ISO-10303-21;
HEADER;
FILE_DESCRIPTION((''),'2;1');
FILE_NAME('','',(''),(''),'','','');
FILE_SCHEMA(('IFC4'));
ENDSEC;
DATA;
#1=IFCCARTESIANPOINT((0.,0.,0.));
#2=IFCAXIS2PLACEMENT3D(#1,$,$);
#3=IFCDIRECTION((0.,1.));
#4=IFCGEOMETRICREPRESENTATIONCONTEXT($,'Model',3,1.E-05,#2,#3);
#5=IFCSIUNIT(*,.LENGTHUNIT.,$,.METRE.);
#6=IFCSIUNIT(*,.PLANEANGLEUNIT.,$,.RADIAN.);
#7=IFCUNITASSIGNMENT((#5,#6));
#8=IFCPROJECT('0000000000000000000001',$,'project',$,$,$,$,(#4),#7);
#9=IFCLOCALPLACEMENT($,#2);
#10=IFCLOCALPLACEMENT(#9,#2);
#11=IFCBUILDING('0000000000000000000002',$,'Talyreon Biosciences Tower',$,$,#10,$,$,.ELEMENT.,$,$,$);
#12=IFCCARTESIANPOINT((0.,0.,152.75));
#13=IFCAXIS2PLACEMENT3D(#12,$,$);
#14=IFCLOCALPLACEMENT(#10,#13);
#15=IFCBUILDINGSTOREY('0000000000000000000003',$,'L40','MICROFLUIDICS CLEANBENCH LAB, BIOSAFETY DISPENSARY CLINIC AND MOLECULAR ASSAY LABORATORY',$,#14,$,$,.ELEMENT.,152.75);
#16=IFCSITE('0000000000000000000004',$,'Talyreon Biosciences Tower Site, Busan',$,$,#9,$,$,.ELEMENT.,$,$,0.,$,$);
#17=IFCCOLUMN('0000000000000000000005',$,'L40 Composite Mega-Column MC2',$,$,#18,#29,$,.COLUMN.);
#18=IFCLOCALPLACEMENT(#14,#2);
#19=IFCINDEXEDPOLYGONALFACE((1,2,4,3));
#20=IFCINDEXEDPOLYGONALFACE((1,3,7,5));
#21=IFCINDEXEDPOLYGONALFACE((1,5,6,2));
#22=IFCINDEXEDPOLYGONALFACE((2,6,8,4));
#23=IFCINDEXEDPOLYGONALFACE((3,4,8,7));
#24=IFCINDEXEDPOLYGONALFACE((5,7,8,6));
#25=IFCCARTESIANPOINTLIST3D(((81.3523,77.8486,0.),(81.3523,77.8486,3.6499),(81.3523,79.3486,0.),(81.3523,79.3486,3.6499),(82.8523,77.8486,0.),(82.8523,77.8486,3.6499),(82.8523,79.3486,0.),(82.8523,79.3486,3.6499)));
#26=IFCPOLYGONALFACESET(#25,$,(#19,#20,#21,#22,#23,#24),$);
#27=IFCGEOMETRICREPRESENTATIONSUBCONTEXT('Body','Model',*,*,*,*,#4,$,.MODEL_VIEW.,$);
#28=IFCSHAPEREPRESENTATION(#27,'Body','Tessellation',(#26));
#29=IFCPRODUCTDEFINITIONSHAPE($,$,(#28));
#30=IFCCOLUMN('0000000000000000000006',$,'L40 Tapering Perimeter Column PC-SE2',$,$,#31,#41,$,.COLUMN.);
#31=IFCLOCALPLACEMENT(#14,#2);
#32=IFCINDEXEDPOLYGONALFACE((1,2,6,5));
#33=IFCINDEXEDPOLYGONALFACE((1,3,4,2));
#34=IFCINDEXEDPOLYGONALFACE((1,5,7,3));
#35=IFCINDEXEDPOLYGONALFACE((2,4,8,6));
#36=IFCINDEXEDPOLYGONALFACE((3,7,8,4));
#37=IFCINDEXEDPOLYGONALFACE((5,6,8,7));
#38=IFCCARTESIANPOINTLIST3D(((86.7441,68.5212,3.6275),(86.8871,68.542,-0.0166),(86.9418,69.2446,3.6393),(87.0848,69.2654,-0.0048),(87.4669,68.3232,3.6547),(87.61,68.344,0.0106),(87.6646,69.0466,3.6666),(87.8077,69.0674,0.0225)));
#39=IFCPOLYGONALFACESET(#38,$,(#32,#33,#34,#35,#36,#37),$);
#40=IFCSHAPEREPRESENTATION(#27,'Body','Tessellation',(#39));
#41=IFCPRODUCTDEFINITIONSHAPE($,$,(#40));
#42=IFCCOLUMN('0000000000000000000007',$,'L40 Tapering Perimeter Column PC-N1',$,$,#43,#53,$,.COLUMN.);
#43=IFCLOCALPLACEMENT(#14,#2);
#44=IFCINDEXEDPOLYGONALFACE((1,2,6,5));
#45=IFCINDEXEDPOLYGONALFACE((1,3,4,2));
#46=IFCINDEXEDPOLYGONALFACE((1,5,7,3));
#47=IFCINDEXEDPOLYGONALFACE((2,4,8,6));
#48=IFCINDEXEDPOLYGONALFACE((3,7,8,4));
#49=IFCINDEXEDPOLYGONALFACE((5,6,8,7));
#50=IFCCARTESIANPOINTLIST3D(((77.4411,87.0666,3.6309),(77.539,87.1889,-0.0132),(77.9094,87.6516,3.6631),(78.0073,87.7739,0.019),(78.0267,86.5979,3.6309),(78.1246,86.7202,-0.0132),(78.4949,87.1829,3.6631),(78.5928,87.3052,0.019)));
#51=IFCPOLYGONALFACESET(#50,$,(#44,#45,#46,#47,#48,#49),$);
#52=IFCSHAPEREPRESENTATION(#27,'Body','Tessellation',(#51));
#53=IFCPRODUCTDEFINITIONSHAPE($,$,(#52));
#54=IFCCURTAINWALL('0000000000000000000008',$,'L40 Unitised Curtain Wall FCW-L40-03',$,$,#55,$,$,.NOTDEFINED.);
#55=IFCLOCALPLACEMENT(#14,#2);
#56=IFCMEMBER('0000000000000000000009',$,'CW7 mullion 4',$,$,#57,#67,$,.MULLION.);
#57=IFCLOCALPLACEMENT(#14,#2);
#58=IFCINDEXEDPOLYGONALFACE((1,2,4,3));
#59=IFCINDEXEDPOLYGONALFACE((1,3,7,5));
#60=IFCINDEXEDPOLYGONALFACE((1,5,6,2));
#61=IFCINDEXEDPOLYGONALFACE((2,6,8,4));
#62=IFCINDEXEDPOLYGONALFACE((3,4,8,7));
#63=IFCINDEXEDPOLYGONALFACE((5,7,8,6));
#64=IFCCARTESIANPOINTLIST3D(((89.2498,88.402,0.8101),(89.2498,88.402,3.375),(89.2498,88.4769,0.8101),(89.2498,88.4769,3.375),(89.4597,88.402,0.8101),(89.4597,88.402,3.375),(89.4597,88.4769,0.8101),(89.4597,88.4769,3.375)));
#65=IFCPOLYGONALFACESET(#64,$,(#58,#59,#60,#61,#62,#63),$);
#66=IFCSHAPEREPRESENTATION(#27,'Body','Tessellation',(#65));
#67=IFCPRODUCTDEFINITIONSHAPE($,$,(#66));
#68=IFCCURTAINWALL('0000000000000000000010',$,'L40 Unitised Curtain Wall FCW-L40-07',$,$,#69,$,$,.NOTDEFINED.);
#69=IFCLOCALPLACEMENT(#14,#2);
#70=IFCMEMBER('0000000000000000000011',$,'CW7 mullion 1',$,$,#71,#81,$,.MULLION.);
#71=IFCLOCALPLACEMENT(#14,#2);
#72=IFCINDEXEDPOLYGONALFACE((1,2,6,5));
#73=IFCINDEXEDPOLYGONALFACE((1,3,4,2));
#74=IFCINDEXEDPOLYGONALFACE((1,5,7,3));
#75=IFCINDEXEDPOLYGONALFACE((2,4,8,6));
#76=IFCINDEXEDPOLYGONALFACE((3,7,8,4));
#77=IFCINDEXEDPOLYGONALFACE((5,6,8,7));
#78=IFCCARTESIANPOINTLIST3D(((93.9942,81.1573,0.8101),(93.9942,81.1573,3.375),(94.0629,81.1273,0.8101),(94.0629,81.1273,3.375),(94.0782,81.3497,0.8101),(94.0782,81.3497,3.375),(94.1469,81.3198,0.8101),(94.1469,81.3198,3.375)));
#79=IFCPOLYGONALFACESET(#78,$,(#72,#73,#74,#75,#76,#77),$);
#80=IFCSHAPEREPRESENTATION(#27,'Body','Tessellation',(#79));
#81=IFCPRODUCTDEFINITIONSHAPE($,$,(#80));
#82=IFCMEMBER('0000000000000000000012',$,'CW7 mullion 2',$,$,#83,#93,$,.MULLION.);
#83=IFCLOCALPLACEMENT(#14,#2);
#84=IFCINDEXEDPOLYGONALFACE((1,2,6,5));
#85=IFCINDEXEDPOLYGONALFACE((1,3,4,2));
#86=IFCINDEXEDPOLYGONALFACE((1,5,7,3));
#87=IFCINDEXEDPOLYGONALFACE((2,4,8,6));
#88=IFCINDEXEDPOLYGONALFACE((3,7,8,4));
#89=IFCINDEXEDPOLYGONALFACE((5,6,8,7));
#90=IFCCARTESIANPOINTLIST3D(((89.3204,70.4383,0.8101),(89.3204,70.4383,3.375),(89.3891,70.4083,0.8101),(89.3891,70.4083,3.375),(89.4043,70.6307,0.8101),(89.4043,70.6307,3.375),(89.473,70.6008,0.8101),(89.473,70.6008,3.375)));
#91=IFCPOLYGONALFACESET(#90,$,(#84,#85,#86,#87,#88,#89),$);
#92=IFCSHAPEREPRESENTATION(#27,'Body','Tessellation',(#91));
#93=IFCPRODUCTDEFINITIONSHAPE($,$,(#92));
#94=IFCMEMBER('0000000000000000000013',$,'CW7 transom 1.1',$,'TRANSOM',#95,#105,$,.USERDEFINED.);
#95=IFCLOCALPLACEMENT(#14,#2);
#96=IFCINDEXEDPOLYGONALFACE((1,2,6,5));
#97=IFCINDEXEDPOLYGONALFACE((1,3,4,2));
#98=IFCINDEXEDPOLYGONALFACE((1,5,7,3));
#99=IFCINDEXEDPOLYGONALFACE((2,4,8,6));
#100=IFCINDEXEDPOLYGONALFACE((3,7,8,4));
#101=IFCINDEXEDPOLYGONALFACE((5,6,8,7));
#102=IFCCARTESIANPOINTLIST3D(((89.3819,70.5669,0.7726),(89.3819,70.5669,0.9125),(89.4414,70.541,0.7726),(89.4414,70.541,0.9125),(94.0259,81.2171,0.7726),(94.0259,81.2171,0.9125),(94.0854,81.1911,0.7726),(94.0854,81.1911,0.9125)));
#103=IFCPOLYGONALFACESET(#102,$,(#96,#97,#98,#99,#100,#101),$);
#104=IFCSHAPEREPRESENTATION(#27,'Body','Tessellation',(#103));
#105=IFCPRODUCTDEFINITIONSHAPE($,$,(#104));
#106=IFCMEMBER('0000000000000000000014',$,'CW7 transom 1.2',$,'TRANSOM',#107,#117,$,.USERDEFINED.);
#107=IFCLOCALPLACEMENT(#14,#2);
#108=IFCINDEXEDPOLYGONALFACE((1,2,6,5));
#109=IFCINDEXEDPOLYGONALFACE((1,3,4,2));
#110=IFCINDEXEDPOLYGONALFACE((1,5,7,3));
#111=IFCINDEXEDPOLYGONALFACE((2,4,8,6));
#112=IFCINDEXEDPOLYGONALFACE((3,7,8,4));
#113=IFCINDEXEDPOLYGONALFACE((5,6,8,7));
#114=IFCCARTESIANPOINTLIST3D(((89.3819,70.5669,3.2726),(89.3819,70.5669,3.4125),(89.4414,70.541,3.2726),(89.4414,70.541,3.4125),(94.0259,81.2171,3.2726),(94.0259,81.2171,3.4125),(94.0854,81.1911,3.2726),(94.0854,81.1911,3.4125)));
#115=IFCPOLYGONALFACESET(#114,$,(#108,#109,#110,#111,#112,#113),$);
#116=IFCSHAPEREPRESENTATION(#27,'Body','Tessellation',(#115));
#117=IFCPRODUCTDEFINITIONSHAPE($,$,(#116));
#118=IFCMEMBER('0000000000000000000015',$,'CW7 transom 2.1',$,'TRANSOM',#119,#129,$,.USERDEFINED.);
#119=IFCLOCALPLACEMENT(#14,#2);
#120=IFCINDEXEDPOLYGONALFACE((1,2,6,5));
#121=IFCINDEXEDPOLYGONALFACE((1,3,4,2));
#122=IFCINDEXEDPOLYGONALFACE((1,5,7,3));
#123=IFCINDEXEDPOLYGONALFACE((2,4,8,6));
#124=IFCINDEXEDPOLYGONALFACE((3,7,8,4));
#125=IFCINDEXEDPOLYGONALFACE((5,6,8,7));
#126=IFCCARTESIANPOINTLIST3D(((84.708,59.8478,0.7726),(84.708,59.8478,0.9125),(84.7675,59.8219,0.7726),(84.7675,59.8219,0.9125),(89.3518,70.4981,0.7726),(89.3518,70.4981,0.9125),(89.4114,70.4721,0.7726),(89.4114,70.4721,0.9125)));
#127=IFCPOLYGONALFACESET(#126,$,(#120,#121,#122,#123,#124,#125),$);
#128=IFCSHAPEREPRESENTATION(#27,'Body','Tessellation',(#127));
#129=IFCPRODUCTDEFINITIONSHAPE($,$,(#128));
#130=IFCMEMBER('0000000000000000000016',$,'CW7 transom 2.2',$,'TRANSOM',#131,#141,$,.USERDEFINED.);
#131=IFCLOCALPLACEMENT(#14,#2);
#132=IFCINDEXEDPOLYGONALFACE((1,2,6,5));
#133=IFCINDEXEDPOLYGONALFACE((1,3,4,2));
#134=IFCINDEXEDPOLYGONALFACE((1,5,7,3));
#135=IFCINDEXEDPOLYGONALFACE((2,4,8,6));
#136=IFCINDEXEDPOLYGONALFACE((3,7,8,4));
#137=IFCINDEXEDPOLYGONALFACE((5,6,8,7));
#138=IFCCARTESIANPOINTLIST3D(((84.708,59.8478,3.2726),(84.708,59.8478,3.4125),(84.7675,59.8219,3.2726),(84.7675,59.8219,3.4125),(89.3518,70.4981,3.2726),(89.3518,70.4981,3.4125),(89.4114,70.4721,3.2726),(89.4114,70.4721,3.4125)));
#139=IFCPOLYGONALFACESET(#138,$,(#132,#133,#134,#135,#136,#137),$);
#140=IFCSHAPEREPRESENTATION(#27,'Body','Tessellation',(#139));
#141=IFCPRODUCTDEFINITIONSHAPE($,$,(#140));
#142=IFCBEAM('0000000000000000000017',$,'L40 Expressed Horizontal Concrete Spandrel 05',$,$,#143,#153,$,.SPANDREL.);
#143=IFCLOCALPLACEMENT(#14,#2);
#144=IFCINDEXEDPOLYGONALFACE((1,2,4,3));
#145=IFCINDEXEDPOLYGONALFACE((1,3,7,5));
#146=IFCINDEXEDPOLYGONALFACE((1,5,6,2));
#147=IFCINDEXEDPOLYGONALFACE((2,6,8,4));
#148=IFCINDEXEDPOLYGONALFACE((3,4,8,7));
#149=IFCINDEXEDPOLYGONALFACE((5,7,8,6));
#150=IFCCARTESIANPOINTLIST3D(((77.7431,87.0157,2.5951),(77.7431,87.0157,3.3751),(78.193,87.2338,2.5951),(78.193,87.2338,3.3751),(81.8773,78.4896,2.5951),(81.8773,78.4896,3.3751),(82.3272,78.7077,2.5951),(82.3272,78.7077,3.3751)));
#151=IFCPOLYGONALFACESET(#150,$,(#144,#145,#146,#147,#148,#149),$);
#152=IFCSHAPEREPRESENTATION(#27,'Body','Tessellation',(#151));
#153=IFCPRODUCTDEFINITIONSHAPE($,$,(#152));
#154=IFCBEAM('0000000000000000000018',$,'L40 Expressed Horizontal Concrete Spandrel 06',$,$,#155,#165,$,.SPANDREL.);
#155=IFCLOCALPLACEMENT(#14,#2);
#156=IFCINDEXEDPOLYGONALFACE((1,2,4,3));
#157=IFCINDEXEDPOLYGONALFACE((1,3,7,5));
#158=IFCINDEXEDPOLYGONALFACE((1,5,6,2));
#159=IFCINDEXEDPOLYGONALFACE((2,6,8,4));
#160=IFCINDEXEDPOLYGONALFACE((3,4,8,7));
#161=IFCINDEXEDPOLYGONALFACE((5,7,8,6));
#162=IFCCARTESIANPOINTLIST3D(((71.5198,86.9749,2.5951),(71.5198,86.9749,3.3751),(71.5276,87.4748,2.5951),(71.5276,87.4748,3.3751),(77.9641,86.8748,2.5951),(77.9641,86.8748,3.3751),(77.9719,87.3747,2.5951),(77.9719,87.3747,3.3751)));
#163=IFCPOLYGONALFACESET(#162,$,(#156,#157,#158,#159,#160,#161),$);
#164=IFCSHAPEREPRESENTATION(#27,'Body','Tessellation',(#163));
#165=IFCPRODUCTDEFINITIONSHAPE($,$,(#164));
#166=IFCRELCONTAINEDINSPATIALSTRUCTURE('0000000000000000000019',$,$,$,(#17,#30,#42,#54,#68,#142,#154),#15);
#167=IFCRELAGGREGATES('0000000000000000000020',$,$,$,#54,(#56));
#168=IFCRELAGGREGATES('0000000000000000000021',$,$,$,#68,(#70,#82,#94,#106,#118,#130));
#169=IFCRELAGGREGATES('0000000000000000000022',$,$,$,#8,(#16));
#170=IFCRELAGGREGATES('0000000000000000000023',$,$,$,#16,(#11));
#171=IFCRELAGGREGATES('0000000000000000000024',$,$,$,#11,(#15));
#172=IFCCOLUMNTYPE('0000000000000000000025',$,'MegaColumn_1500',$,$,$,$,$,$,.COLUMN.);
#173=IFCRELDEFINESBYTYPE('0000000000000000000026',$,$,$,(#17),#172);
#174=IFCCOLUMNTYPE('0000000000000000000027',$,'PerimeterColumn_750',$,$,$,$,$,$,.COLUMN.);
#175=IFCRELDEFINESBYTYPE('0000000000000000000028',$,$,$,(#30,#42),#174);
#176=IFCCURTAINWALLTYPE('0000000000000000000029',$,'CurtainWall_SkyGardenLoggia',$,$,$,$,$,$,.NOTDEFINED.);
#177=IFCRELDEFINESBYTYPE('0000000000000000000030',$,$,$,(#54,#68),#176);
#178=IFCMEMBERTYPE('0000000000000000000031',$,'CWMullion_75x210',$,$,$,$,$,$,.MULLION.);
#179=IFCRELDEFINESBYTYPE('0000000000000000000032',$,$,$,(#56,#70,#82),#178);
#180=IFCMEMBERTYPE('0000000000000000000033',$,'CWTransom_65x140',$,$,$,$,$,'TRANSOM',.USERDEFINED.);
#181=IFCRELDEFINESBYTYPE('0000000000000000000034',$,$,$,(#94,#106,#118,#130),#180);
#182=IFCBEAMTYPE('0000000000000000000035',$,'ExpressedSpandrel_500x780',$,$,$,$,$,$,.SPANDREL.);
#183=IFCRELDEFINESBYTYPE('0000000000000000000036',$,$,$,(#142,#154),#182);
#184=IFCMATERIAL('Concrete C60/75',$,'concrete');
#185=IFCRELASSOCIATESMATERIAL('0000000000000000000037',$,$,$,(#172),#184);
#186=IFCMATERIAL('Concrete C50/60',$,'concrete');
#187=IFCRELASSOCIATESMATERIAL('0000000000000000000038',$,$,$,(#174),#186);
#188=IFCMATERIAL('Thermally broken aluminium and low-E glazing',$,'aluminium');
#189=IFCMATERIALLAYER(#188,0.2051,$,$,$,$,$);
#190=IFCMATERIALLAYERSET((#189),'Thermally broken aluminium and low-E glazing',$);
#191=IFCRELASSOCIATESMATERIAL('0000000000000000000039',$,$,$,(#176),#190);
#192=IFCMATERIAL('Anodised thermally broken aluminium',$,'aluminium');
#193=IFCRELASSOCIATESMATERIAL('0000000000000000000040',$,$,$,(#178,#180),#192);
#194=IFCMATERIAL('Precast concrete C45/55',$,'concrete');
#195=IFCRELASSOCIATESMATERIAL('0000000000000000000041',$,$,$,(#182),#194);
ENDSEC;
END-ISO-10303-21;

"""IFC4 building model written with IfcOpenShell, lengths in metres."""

from ifc_helpers import new_model, si_unit, direction, frame, origin, origin_2d, place, context, subcontext, project, spatial, rectangle, extrude, material, layer, layer_set, material_profile, profile_set, type_object, element, aggregate, save


model = new_model("IFC4")

# Units and contexts
model_context = context("Model", 3, precision=1e-05, world=origin(), true_north=direction((0.0, 1.0)))
body_context = subcontext(model_context, "Body", "Model", "MODEL_VIEW")
ifc_project = project(units=[si_unit("LENGTHUNIT", "METRE"), si_unit("PLANEANGLEUNIT", "RADIAN")], contexts=[model_context])

# Site, building, storey
site_placement = place(None, origin())
site = spatial("IfcSite", under=ifc_project, at=site_placement, Name="Talyreon Biosciences Tower Site, Busan", CompositionType="ELEMENT", RefElevation=0.0)
building_placement = place(site_placement, origin())
building = spatial("IfcBuilding", under=site, at=building_placement, Name="Talyreon Biosciences Tower", CompositionType="ELEMENT")
storey_placement = place(building_placement, frame((0.0, 0.0, 152.75)))
storey = spatial("IfcBuildingStorey", under=building, at=storey_placement, Name="L40", Description="MICROFLUIDICS CLEANBENCH LAB, BIOSAFETY DISPENSARY CLINIC AND MOLECULAR ASSAY LABORATORY", CompositionType="ELEMENT", Elevation=152.75)

# Columns
ifc_material_1 = material(Name="Concrete C60/75", Category="concrete")
ifc_material_profile_1 = material_profile(ifc_material_1, rectangle(XDim=1.5, YDim=1.5, at=origin_2d()), Name="RC 1500x1500")
ifc_profile_set_1 = profile_set([ifc_material_profile_1], Name="Concrete C60/75")
column_type_1 = type_object("IfcColumnType", Name="MegaColumn_1500", PredefinedType="COLUMN", material=ifc_profile_set_1)
column_1_placement = place(storey_placement, frame((82.1023, 78.5986, 0.0), z_axis=(0.0, 0.0, 1.0), x_axis=(1.0, 0.0, 0.0)))
element("IfcColumn", 1, at=column_1_placement, inside=storey, type_object=column_type_1, Name="L40 Composite Mega-Column MC2", PredefinedType="COLUMN", context=body_context, shape_type="SweptSolid", body=[
    extrude(rectangle(XDim=1.5, YDim=1.5, at=origin_2d()), origin(), (0.0, 0.0, 1.0), 3.6499),
])
ifc_material_2 = material(Name="Concrete C50/60", Category="concrete")
ifc_material_profile_2 = material_profile(ifc_material_2, rectangle(XDim=0.75, YDim=0.75, at=origin_2d()), Name="RC 750x750")
ifc_profile_set_2 = profile_set([ifc_material_profile_2], Name="Concrete C50/60")
column_type_2 = type_object("IfcColumnType", Name="PerimeterColumn_750", PredefinedType="COLUMN", material=ifc_profile_set_2)
column_2_placement = place(storey_placement, frame((87.3474, 68.8047, 0.0029), z_axis=(-0.039229, -0.00569, 0.999214), x_axis=(0.963836, -0.264006, 0.036337)))
element("IfcColumn", 2, at=column_2_placement, inside=storey, type_object=column_type_2, Name="L40 Tapering Perimeter Column PC-SE2", PredefinedType="COLUMN", context=body_context, shape_type="SweptSolid", body=[
    extrude(rectangle(XDim=0.75, YDim=0.75, at=origin_2d()), origin(), (0.0, 0.0, 1.0), 3.647),
])
column_3_placement = place(storey_placement, frame((78.0659, 87.2471, 0.0029), z_axis=(-0.026841, -0.033535, 0.999077), x_axis=(-0.780717, 0.624885, 0.0)))
element("IfcColumn", 3, at=column_3_placement, inside=storey, type_object=column_type_2, Name="L40 Tapering Perimeter Column PC-N1", PredefinedType="COLUMN", context=body_context, shape_type="SweptSolid", body=[
    extrude(rectangle(XDim=0.75, YDim=0.75, at=origin_2d()), origin(), (0.0, 0.0, 1.0), 3.6475),
])

# Curtain wall, member
ifc_material_3 = material(Name="Thermally broken aluminium and low-E glazing", Category="aluminium")
ifc_layer_1 = layer(ifc_material_3, 0.2051)
ifc_layer_set_1 = layer_set([ifc_layer_1], Name="Thermally broken aluminium and low-E glazing")
curtain_wall_type = type_object("IfcCurtainWallType", Name="CurtainWall_SkyGardenLoggia", PredefinedType="NOTDEFINED", material=ifc_layer_set_1)
curtain_wall_1_placement = place(storey_placement, origin())
curtain_wall_1 = element("IfcCurtainWall", 4, at=curtain_wall_1_placement, inside=storey, type_object=curtain_wall_type, Name="L40 Unitised Curtain Wall FCW-L40-03", PredefinedType="NOTDEFINED")
ifc_material_4 = material(Name="Anodised thermally broken aluminium", Category="aluminium")
ifc_material_profile_3 = material_profile(ifc_material_4, rectangle(XDim=0.075, YDim=0.21, at=origin_2d()), Name="ALUM MULLION 75x210")
ifc_profile_set_3 = profile_set([ifc_material_profile_3], Name="Anodised thermally broken aluminium")
member_type_1 = type_object("IfcMemberType", Name="CWMullion_75x210", PredefinedType="MULLION", material=ifc_profile_set_3)
member_1_placement = place(storey_placement, frame((89.3547, 88.4395, 0.8101), z_axis=(0.0, 0.0, 1.0), x_axis=(0.0, 1.0, 0.0)))
member_1 = element("IfcMember", 5, at=member_1_placement, type_object=member_type_1, Name="CW7 mullion 4", PredefinedType="MULLION", context=body_context, shape_type="SweptSolid", body=[
    extrude(rectangle(XDim=0.075, YDim=0.21, at=origin_2d()), origin(), (0.0, 0.0, 1.0), 2.5649),
])

# Curtain wall, members
curtain_wall_2_placement = place(storey_placement, origin())
curtain_wall_2 = element("IfcCurtainWall", 6, at=curtain_wall_2_placement, inside=storey, type_object=curtain_wall_type, Name="L40 Unitised Curtain Wall FCW-L40-07", PredefinedType="NOTDEFINED")
member_2_placement = place(storey_placement, frame((94.0706, 81.2385, 0.8101), z_axis=(0.0, 0.0, 1.0), x_axis=(0.916647, -0.399698, 0.0)))
member_2 = element("IfcMember", 7, at=member_2_placement, type_object=member_type_1, Name="CW7 mullion 1", PredefinedType="MULLION", context=body_context, shape_type="SweptSolid", body=[
    extrude(rectangle(XDim=0.075, YDim=0.21, at=origin_2d()), origin(), (0.0, 0.0, 1.0), 2.5649),
])
member_3_placement = place(storey_placement, frame((89.3967, 70.5195, 0.8101), z_axis=(0.0, 0.0, 1.0), x_axis=(0.916647, -0.399698, 0.0)))
member_3 = element("IfcMember", 8, at=member_3_placement, type_object=member_type_1, Name="CW7 mullion 2", PredefinedType="MULLION", context=body_context, shape_type="SweptSolid", body=[
    extrude(rectangle(XDim=0.075, YDim=0.21, at=origin_2d()), origin(), (0.0, 0.0, 1.0), 2.5649),
])
ifc_material_profile_4 = material_profile(ifc_material_4, rectangle(XDim=0.0649, YDim=0.1399, at=origin_2d()), Name="ALUM TRANSOM 65x140")
ifc_profile_set_4 = profile_set([ifc_material_profile_4], Name="Anodised thermally broken aluminium")
member_type_2 = type_object("IfcMemberType", Name="CWTransom_65x140", ElementType="TRANSOM", PredefinedType="USERDEFINED", material=ifc_profile_set_4)
member_4_placement = place(storey_placement, frame((94.0557, 81.2041, 0.8425), z_axis=(-0.399706, -0.916643, 0.0), x_axis=(0.916643, -0.399706, 0.0)))
member_4 = element("IfcMember", 9, at=member_4_placement, type_object=member_type_2, Name="CW7 transom 1.1", ObjectType="TRANSOM", PredefinedType="USERDEFINED", context=body_context, shape_type="SweptSolid", body=[
    extrude(rectangle(XDim=0.0649, YDim=0.1399, at=origin_2d()), origin(), (0.0, 0.0, 1.0), 11.6187),
])
member_5_placement = place(storey_placement, frame((94.0557, 81.2041, 3.3425), z_axis=(-0.399706, -0.916643, 0.0), x_axis=(0.916643, -0.399706, 0.0)))
member_5 = element("IfcMember", 10, at=member_5_placement, type_object=member_type_2, Name="CW7 transom 1.2", ObjectType="TRANSOM", PredefinedType="USERDEFINED", context=body_context, shape_type="SweptSolid", body=[
    extrude(rectangle(XDim=0.0649, YDim=0.1399, at=origin_2d()), origin(), (0.0, 0.0, 1.0), 11.6187),
])
member_6_placement = place(storey_placement, frame((89.3816, 70.4851, 0.8425), z_axis=(-0.399689, -0.916651, 0.0), x_axis=(0.916651, -0.399689, 0.0)))
member_6 = element("IfcMember", 11, at=member_6_placement, type_object=member_type_2, Name="CW7 transom 2.1", ObjectType="TRANSOM", PredefinedType="USERDEFINED", context=body_context, shape_type="SweptSolid", body=[
    extrude(rectangle(XDim=0.0649, YDim=0.1399, at=origin_2d()), origin(), (0.0, 0.0, 1.0), 11.6187),
])
member_7_placement = place(storey_placement, frame((89.3816, 70.4851, 3.3425), z_axis=(-0.399689, -0.916651, 0.0), x_axis=(0.916651, -0.399689, 0.0)))
member_7 = element("IfcMember", 12, at=member_7_placement, type_object=member_type_2, Name="CW7 transom 2.2", ObjectType="TRANSOM", PredefinedType="USERDEFINED", context=body_context, shape_type="SweptSolid", body=[
    extrude(rectangle(XDim=0.0649, YDim=0.1399, at=origin_2d()), origin(), (0.0, 0.0, 1.0), 11.6187),
])

# Beams
ifc_material_5 = material(Name="Precast concrete C45/55", Category="concrete")
ifc_material_profile_5 = material_profile(ifc_material_5, rectangle(XDim=0.5, YDim=0.78, at=origin_2d()), Name="RCB 500x780")
ifc_profile_set_5 = profile_set([ifc_material_profile_5], Name="Precast concrete C45/55")
beam_type_1 = type_object("IfcBeamType", Name="ExpressedSpandrel_500x780", PredefinedType="SPANDREL", material=ifc_profile_set_5)
beam_1_placement = place(storey_placement, frame((82.1023, 78.5986, 2.9851), z_axis=(-0.436308, 0.899798, 0.0), x_axis=(-0.899798, -0.436308, 0.0)))
element("IfcBeam", 13, at=beam_1_placement, inside=storey, type_object=beam_type_1, Name="L40 Expressed Horizontal Concrete Spandrel 05", PredefinedType="SPANDREL", context=body_context, shape_type="SweptSolid", body=[
    extrude(rectangle(XDim=0.5, YDim=0.78, at=origin_2d()), origin(), (0.0, 0.0, 1.0), 9.4756),
])
beam_2_placement = place(storey_placement, frame((77.968, 87.1248, 2.9851), z_axis=(-0.999879, 0.015531, 0.0), x_axis=(-0.015531, -0.999879, 0.0)))
element("IfcBeam", 14, at=beam_2_placement, inside=storey, type_object=beam_type_1, Name="L40 Expressed Horizontal Concrete Spandrel 06", PredefinedType="SPANDREL", context=body_context, shape_type="SweptSolid", body=[
    extrude(rectangle(XDim=0.5, YDim=0.78, at=origin_2d()), origin(), (0.0, 0.0, 1.0), 6.4451),
])

aggregate(curtain_wall_1, [member_1])
aggregate(curtain_wall_2, [member_2, member_3, member_4, member_5, member_6, member_7])

save(model, "model.ifc")
